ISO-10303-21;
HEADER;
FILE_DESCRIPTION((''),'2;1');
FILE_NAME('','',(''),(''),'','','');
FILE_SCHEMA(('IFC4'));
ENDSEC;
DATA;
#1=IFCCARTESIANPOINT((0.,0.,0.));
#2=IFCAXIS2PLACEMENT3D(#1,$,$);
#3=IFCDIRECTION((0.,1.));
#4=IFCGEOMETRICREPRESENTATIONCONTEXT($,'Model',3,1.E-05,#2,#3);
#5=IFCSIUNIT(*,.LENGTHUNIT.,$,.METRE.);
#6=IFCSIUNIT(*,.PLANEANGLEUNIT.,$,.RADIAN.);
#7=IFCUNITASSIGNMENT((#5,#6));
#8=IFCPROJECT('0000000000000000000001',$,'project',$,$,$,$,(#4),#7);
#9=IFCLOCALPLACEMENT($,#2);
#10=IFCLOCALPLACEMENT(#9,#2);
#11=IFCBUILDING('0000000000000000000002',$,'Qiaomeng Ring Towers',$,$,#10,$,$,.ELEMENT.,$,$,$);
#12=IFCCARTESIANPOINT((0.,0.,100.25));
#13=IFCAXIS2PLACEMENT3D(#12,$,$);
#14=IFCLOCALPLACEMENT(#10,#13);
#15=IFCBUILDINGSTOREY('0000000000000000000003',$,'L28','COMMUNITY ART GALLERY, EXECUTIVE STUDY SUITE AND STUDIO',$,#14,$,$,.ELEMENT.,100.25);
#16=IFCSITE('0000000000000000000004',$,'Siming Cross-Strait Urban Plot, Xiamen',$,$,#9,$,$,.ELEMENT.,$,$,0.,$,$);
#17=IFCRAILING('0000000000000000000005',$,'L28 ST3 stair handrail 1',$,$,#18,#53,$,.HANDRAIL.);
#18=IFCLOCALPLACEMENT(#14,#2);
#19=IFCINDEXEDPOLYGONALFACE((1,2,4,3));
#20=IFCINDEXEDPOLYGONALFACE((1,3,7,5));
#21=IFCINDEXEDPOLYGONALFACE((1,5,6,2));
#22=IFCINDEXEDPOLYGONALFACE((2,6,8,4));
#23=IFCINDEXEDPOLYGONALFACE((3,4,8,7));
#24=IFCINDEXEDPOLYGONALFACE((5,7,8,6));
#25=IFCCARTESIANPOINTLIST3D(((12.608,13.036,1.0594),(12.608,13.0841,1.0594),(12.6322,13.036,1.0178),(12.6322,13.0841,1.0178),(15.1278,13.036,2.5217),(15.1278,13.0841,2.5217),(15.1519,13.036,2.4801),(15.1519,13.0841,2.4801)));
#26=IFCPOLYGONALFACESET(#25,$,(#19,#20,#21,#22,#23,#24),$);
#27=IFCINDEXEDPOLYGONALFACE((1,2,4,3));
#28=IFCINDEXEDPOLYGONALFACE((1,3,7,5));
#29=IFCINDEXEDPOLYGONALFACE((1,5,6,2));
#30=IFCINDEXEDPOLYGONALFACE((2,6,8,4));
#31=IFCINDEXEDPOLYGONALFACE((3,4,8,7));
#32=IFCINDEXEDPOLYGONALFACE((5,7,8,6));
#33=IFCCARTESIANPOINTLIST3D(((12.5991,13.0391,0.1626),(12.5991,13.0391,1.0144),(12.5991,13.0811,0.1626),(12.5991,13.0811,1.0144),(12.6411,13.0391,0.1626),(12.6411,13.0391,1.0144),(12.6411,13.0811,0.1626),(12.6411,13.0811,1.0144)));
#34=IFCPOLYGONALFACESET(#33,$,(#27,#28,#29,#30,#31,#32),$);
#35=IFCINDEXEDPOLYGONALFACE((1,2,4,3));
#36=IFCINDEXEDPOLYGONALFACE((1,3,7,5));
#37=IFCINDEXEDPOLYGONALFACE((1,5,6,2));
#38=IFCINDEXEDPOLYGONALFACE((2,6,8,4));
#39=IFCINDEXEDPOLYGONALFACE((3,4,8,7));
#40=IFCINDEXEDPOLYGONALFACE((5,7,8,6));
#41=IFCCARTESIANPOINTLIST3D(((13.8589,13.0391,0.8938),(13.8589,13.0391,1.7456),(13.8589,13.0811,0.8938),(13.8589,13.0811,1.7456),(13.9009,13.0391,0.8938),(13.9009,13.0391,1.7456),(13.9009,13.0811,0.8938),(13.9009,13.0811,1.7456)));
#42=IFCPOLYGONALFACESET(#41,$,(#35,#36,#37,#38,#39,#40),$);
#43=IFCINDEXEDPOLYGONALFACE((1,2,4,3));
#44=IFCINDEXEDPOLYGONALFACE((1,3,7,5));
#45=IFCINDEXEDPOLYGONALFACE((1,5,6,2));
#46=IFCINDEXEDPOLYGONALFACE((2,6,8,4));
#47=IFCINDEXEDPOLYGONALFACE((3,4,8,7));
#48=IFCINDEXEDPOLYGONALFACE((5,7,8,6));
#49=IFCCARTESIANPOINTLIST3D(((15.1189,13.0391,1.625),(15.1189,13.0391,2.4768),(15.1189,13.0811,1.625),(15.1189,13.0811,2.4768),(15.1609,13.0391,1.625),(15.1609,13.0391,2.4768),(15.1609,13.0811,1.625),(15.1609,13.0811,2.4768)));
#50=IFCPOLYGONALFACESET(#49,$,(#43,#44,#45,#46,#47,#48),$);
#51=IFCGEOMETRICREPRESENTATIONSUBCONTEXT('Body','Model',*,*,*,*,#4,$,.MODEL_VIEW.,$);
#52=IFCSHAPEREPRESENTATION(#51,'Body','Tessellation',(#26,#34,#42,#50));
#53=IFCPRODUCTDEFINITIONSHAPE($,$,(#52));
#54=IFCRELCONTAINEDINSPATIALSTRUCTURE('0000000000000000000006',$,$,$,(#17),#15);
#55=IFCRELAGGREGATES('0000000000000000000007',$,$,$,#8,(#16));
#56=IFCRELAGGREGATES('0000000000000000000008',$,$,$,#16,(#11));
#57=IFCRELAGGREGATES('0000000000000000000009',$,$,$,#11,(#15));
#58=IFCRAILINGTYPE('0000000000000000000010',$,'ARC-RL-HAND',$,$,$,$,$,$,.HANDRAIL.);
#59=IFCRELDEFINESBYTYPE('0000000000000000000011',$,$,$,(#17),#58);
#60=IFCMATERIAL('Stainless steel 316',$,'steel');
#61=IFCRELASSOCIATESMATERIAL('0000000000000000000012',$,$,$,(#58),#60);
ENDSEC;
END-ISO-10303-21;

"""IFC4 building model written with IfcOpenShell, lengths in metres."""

from ifc_helpers import new_model, si_unit, direction, frame, origin, origin_2d, place, context, subcontext, project, spatial, rectangle, extrude, material, type_object, element, save


model = new_model("IFC4")

# Units and contexts
model_context = context("Model", 3, precision=1e-05, world=origin(), true_north=direction((0.0, 1.0)))
body_context = subcontext(model_context, "Body", "Model", "MODEL_VIEW")
ifc_project = project(units=[si_unit("LENGTHUNIT", "METRE"), si_unit("PLANEANGLEUNIT", "RADIAN")], contexts=[model_context])

# Site, building, storey
site_placement = place(None, origin())
site = spatial("IfcSite", under=ifc_project, at=site_placement, Name="Siming Cross-Strait Urban Plot, Xiamen", CompositionType="ELEMENT", RefElevation=0.0)
building_placement = place(site_placement, origin())
building = spatial("IfcBuilding", under=site, at=building_placement, Name="Qiaomeng Ring Towers", CompositionType="ELEMENT")
storey_placement = place(building_placement, frame((0.0, 0.0, 100.25)))
storey = spatial("IfcBuildingStorey", under=building, at=storey_placement, Name="L28", Description="COMMUNITY ART GALLERY, EXECUTIVE STUDY SUITE AND STUDIO", CompositionType="ELEMENT", Elevation=100.25)

# Railing
ifc_material_1 = material(Name="Stainless steel 316", Category="steel")
railing_type_1 = type_object("IfcRailingType", Name="ARC-RL-HAND", PredefinedType="HANDRAIL", material=ifc_material_1)
railing_1_placement = place(storey_placement, frame((12.6201, 13.0601, 0.1626)))
element("IfcRailing", 1, at=railing_1_placement, inside=storey, type_object=railing_type_1, Name="L28 ST3 stair handrail 1", PredefinedType="HANDRAIL", context=body_context, shape_type="SweptSolid", body=[
    extrude(rectangle(XDim=0.0481, YDim=0.0481, at=origin_2d()), frame((0.0, 0.0, 0.876), z_axis=(0.864892, 0.0, 0.501958), x_axis=(0.0, 1.0, 0.0)), (0.0, 0.0, 1.0), 2.9133),
    extrude(rectangle(XDim=0.042, YDim=0.042, at=origin_2d()), origin(), (0.0, 0.0, 1.0), 0.8518),
    extrude(rectangle(XDim=0.042, YDim=0.042, at=origin_2d()), frame((1.2598, 0.0, 0.7312)), (0.0, 0.0, 1.0), 0.8518),
    extrude(rectangle(XDim=0.042, YDim=0.042, at=origin_2d()), frame((2.5198, 0.0, 1.4624)), (0.0, 0.0, 1.0), 0.8518),
])

save(model, "model.ifc")
